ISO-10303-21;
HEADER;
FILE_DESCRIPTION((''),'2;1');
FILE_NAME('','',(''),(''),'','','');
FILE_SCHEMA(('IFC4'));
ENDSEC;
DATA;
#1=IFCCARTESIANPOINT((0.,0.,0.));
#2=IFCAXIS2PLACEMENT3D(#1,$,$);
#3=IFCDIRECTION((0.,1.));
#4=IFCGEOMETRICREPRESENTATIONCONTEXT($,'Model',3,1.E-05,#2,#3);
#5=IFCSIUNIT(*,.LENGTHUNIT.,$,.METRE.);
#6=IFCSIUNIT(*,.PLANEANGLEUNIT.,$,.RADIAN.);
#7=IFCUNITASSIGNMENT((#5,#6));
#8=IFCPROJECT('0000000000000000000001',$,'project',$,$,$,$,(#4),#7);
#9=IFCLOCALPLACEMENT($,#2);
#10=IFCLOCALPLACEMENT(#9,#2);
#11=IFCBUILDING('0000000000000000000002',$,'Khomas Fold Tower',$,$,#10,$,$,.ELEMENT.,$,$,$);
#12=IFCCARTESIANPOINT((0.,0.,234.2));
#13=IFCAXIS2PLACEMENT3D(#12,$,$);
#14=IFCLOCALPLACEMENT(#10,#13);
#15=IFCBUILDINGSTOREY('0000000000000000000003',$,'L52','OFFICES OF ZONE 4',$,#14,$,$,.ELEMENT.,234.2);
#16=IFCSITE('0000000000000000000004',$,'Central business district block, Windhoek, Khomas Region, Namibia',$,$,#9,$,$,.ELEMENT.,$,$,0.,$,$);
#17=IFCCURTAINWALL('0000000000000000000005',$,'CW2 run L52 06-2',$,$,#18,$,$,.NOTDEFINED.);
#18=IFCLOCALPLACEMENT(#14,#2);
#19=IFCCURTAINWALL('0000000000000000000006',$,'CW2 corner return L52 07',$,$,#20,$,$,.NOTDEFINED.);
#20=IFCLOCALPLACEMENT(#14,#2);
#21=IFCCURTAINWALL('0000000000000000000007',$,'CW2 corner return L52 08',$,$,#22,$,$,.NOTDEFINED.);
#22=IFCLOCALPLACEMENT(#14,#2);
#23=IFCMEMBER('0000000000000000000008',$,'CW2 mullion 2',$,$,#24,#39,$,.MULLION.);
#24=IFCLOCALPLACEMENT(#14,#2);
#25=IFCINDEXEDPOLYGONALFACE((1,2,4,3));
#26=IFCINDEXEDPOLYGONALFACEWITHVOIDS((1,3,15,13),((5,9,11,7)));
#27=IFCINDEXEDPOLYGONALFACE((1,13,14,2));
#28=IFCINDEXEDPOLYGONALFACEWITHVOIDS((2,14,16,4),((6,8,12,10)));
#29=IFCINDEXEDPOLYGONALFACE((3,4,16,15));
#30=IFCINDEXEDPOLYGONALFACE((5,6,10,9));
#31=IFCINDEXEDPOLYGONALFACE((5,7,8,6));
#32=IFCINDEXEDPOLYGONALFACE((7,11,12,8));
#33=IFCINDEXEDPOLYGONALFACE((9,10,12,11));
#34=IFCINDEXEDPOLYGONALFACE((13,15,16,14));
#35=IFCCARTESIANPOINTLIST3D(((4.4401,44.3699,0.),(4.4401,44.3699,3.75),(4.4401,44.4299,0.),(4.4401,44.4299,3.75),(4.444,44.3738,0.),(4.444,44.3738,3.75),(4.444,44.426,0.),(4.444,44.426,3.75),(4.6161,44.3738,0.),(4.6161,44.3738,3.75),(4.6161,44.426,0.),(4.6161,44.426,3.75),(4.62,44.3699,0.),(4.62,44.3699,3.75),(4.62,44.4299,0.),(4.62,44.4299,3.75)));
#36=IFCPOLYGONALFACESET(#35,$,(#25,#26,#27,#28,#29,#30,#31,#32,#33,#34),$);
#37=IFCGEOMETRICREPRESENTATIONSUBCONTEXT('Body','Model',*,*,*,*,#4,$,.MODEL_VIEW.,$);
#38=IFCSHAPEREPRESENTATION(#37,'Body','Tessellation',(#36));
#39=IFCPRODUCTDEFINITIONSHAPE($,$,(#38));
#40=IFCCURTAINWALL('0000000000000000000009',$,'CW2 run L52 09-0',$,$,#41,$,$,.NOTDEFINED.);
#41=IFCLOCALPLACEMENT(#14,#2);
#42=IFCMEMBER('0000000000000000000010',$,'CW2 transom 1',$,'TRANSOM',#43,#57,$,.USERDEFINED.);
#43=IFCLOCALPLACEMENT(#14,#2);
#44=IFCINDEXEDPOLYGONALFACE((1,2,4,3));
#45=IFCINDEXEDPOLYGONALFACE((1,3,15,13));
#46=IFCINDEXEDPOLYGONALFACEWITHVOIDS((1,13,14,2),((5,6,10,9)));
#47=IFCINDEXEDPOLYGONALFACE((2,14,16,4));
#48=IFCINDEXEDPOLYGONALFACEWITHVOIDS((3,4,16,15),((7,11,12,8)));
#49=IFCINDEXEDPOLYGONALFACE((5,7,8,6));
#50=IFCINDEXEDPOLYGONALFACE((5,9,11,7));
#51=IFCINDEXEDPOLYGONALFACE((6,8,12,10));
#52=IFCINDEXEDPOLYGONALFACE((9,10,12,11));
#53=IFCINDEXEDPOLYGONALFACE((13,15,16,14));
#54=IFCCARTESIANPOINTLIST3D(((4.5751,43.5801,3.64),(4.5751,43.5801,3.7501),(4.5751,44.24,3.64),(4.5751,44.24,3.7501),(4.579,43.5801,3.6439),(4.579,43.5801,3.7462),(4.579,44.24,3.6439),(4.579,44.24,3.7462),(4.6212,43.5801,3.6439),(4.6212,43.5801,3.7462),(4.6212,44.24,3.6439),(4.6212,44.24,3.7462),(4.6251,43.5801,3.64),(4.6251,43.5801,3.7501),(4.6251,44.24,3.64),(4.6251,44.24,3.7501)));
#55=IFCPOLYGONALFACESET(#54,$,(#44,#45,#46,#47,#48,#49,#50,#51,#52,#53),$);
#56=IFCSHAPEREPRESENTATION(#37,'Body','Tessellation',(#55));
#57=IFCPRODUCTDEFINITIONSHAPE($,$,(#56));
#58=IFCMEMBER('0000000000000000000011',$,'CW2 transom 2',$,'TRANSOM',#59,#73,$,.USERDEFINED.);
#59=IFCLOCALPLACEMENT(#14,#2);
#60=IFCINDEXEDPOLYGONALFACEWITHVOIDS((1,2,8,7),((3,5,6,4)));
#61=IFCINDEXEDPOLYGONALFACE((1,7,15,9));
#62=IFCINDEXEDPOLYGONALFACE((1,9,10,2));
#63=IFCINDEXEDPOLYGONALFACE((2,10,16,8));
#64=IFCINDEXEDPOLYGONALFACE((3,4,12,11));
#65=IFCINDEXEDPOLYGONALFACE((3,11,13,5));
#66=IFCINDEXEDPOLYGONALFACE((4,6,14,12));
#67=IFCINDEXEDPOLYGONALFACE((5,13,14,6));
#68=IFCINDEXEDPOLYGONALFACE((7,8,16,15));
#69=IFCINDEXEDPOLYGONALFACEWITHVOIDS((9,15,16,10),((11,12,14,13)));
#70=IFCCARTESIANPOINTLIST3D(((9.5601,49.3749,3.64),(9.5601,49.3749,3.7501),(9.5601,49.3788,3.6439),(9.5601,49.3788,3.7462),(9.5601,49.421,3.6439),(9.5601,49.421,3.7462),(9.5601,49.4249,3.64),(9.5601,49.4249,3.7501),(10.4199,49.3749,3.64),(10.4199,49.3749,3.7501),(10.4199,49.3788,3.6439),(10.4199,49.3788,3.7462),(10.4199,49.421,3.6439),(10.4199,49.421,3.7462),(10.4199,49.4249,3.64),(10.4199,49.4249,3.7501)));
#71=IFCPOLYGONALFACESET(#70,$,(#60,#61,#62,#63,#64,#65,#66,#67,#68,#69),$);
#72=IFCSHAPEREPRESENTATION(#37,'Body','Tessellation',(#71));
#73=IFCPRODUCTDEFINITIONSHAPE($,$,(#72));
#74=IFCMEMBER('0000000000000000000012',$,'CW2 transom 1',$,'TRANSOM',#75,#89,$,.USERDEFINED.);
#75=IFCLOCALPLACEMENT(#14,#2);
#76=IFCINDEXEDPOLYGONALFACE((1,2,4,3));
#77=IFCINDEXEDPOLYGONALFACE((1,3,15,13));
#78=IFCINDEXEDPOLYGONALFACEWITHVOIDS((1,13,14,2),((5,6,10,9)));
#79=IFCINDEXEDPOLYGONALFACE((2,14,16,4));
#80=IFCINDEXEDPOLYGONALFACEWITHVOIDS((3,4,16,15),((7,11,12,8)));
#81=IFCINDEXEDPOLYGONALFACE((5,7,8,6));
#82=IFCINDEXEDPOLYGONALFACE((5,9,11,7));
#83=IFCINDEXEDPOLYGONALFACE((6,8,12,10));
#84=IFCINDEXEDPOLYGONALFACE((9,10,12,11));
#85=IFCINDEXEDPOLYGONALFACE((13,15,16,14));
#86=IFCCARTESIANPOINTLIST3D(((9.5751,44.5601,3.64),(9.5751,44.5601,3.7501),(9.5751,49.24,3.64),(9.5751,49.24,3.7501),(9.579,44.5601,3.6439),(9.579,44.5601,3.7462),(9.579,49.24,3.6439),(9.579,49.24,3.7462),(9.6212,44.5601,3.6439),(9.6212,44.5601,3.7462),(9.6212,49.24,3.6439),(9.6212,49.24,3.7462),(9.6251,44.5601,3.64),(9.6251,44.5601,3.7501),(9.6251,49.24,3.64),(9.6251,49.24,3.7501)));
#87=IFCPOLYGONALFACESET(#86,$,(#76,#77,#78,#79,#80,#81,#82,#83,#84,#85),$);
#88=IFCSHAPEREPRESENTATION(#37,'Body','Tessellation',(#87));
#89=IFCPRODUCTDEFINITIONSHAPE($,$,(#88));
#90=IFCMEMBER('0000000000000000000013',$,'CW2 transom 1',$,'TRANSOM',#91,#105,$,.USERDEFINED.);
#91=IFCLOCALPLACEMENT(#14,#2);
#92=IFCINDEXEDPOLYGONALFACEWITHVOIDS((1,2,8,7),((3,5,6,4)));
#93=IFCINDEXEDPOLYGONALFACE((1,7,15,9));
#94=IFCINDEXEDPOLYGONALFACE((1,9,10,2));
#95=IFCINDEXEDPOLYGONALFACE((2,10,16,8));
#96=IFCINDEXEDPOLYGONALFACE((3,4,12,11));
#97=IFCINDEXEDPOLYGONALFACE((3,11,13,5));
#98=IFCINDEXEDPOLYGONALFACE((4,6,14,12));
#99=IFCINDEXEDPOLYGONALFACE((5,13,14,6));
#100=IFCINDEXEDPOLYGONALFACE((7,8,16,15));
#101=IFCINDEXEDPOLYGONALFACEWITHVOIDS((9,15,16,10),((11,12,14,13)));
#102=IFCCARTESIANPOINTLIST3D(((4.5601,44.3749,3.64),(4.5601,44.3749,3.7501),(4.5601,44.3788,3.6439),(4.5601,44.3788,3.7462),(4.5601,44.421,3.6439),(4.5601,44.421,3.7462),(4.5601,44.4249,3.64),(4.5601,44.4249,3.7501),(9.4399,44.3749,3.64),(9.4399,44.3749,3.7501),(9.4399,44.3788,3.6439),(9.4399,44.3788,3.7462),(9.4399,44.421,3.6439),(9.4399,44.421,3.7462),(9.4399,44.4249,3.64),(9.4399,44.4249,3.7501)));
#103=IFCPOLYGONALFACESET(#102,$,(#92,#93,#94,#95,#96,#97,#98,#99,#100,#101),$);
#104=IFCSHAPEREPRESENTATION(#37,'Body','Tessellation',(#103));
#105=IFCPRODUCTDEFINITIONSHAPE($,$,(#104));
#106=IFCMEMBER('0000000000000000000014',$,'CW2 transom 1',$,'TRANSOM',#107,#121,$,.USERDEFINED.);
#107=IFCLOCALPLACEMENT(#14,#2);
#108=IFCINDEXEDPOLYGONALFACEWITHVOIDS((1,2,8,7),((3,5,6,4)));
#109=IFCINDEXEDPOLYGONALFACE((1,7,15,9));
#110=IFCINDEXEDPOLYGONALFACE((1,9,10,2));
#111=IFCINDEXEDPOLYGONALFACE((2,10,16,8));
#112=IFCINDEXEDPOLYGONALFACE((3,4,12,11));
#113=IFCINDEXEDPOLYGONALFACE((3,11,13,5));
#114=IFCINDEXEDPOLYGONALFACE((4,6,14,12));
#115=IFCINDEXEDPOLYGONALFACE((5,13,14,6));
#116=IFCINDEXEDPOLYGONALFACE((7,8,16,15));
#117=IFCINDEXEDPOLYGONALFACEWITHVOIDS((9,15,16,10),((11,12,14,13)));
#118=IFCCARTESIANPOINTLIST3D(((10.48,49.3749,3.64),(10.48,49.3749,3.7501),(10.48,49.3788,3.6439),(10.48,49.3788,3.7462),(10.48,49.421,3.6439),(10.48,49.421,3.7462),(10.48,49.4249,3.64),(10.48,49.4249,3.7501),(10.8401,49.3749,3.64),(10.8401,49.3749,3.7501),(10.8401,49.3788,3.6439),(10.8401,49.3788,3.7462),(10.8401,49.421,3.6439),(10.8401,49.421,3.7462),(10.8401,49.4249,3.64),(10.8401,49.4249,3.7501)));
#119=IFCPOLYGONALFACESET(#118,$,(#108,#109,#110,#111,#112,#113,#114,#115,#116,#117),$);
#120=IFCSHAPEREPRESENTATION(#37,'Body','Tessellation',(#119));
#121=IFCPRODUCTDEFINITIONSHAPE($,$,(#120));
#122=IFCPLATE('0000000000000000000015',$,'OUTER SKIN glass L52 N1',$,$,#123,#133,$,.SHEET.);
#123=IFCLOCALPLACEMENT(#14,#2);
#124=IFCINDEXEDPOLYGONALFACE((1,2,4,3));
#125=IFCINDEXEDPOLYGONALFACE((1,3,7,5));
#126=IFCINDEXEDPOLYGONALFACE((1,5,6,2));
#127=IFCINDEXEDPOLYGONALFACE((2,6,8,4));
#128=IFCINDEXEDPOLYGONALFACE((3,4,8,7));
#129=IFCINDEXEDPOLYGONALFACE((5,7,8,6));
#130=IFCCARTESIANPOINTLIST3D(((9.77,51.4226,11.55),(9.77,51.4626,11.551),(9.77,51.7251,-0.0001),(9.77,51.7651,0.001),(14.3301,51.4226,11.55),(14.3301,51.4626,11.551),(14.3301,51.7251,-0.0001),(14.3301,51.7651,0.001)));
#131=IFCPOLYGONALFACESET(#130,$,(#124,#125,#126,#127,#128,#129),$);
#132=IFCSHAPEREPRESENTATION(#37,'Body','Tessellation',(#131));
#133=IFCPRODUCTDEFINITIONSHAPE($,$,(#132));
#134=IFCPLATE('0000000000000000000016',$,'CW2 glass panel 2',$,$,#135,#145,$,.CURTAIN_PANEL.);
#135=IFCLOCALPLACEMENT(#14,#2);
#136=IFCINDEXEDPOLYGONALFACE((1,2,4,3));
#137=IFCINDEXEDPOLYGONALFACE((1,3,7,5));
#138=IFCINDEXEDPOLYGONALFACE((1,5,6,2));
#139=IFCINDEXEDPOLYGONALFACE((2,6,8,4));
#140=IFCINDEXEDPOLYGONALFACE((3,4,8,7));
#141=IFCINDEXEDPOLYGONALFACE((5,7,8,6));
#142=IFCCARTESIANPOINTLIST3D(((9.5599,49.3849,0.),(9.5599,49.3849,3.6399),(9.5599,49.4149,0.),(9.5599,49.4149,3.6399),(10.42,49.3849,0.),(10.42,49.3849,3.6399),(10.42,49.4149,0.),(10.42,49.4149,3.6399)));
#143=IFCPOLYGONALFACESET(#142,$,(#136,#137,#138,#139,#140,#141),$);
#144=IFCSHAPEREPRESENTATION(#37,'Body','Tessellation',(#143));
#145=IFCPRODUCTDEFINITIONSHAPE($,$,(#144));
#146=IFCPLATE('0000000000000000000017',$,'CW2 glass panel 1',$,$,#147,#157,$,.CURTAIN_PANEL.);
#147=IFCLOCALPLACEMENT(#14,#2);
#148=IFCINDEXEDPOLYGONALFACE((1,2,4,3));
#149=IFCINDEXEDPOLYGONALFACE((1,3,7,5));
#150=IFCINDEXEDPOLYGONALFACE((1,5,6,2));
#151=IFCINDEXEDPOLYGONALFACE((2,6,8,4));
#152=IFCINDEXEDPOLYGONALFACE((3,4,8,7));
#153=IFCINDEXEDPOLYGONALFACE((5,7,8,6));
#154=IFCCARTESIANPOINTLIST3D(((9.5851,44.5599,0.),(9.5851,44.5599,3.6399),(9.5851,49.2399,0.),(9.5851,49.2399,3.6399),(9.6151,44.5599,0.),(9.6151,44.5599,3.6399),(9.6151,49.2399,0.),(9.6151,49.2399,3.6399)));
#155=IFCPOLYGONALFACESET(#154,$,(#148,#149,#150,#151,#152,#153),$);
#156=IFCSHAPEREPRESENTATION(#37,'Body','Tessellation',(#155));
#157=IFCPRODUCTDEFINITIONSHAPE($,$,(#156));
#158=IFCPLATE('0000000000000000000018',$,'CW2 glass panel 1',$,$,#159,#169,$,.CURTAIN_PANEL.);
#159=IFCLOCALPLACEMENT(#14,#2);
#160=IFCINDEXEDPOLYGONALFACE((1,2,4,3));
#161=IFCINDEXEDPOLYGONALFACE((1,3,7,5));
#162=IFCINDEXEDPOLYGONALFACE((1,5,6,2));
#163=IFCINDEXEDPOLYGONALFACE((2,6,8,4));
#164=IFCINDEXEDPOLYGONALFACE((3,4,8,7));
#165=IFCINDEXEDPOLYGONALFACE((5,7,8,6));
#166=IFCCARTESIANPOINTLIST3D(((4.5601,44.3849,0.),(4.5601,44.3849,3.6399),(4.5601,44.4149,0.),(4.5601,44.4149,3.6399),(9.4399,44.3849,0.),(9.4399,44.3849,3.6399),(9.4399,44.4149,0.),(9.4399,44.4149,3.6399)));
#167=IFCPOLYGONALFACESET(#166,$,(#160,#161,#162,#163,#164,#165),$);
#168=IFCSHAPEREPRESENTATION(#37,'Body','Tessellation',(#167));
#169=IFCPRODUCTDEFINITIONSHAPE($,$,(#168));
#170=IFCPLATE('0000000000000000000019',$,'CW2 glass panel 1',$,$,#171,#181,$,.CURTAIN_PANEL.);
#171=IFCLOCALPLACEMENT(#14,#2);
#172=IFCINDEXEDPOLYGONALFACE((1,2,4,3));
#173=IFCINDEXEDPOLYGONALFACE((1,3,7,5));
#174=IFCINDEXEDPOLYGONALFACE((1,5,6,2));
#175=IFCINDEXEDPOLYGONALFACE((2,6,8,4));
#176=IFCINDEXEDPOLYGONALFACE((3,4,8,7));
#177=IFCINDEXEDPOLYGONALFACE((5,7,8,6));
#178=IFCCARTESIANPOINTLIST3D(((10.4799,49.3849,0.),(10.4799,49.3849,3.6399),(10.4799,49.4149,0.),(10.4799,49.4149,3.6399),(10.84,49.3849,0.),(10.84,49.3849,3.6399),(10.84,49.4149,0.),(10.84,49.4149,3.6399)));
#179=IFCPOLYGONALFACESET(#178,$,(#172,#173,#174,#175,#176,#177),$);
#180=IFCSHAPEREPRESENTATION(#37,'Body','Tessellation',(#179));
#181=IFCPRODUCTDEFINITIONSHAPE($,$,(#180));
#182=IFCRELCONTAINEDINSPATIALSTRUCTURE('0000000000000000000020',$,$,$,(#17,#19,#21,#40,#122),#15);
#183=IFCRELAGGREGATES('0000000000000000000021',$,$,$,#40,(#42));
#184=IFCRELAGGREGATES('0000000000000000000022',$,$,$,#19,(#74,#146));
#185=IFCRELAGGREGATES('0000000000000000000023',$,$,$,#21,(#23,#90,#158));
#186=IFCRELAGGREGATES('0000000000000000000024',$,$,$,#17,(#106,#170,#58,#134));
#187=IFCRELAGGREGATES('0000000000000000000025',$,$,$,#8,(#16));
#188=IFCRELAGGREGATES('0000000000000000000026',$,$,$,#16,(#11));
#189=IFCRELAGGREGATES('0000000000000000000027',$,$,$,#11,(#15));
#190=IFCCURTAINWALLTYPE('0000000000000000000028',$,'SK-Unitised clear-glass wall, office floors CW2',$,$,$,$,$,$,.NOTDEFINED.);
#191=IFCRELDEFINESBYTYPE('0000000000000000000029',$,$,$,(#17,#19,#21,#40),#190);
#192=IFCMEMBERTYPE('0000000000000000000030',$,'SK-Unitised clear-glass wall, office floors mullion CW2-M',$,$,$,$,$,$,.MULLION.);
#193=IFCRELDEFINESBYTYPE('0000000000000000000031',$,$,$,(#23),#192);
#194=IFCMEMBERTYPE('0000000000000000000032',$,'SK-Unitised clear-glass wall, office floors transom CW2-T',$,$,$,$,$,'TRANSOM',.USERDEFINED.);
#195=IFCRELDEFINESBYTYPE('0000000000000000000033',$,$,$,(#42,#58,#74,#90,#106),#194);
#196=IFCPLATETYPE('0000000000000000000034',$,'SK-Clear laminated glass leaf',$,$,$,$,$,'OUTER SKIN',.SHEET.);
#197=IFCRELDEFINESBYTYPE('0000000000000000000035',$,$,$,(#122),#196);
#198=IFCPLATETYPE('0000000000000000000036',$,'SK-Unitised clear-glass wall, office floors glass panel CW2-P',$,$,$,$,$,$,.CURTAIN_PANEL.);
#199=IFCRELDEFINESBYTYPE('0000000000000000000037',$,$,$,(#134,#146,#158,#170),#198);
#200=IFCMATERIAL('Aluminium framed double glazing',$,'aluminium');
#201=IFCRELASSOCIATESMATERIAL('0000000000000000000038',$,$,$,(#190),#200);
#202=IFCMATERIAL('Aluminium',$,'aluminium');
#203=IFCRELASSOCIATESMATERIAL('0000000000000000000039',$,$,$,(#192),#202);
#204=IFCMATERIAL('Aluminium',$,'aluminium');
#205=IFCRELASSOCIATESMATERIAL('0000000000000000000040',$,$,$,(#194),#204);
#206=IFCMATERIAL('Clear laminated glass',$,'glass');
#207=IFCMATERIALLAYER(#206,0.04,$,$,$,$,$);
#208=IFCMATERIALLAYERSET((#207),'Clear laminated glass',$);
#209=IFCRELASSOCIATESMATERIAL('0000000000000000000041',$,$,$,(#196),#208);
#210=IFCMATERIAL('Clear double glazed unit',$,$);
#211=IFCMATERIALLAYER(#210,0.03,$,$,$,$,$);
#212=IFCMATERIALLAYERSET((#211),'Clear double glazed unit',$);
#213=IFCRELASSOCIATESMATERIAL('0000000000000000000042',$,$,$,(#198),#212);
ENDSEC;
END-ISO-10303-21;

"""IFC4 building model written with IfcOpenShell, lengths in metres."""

from ifc_helpers import new_model, si_unit, direction, frame, origin, origin_2d, place, context, subcontext, project, spatial, polyline, rectangle, hollow_rectangle, outline, extrude, source, transform, mapped, material, layer, layer_set, material_profile, profile_set, type_object, element, aggregate, save


model = new_model("IFC4")

# Units and contexts
model_context = context("Model", 3, precision=1e-05, world=origin(), true_north=direction((0.0, 1.0)))
body_context = subcontext(model_context, "Body", "Model", "MODEL_VIEW")
ifc_project = project(units=[si_unit("LENGTHUNIT", "METRE"), si_unit("PLANEANGLEUNIT", "RADIAN")], contexts=[model_context])

# Site, building, storey
site_placement = place(None, origin())
site = spatial("IfcSite", under=ifc_project, at=site_placement, Name="Central business district block, Windhoek, Khomas Region, Namibia", CompositionType="ELEMENT", RefElevation=0.0)
building_placement = place(site_placement, origin())
building = spatial("IfcBuilding", under=site, at=building_placement, Name="Khomas Fold Tower", CompositionType="ELEMENT")
storey_placement = place(building_placement, frame((0.0, 0.0, 234.2)))
storey = spatial("IfcBuildingStorey", under=building, at=storey_placement, Name="L52", Description="OFFICES OF ZONE 4", CompositionType="ELEMENT", Elevation=234.2)

# Curtain walls, member
ifc_material_1 = material(Name="Aluminium framed double glazing", Category="aluminium")
curtain_wall_type = type_object("IfcCurtainWallType", Name="SK-Unitised clear-glass wall, office floors CW2", PredefinedType="NOTDEFINED", material=ifc_material_1)
curtain_wall_1_placement = place(storey_placement, origin())
curtain_wall_1 = element("IfcCurtainWall", 1, at=curtain_wall_1_placement, inside=storey, type_object=curtain_wall_type, Name="CW2 run L52 06-2", PredefinedType="NOTDEFINED")
ifc_material_2 = material(Name="Aluminium", Category="aluminium")
ifc_material_profile_1 = material_profile(ifc_material_2, hollow_rectangle(XDim=0.0601, YDim=0.1799, WallThickness=0.0039, at=origin_2d()), Name="SK-Unitised clear-glass wall, office floors mullion CW2-M")
ifc_profile_set_1 = profile_set([ifc_material_profile_1], Name="Aluminium")
member_type_1 = type_object("IfcMemberType", Name="SK-Unitised clear-glass wall, office floors mullion CW2-M", PredefinedType="MULLION", material=ifc_profile_set_1)
shared_shape_1 = source(origin(), body_context, "Body", "SweptSolid", [
    extrude(hollow_rectangle(XDim=0.0601, YDim=0.1799, WallThickness=0.0039, at=origin_2d()), origin(), (0.0, 0.0, 1.0), 3.75),
])
curtain_wall_2_placement = place(storey_placement, origin())
curtain_wall_2 = element("IfcCurtainWall", 2, at=curtain_wall_2_placement, inside=storey, type_object=curtain_wall_type, Name="CW2 corner return L52 07", PredefinedType="NOTDEFINED")
curtain_wall_3_placement = place(storey_placement, origin())
curtain_wall_3 = element("IfcCurtainWall", 3, at=curtain_wall_3_placement, inside=storey, type_object=curtain_wall_type, Name="CW2 corner return L52 08", PredefinedType="NOTDEFINED")
member_1_placement = place(storey_placement, frame((4.53, 44.3999, 0.0), z_axis=(0.0, 0.0, 1.0), x_axis=(0.0, -1.0, 0.0)))
member_1 = element("IfcMember", 4, at=member_1_placement, type_object=member_type_1, Name="CW2 mullion 2", PredefinedType="MULLION", context=body_context, shape_type="MappedRepresentation", body=[
    mapped(shared_shape_1, transform((0.0, 0.0, 0.0))),
])

# Curtain wall, member
curtain_wall_4_placement = place(storey_placement, origin())
curtain_wall_4 = element("IfcCurtainWall", 5, at=curtain_wall_4_placement, inside=storey, type_object=curtain_wall_type, Name="CW2 run L52 09-0", PredefinedType="NOTDEFINED")
ifc_material_3 = material(Name="Aluminium", Category="aluminium")
ifc_material_profile_2 = material_profile(ifc_material_3, hollow_rectangle(XDim=0.05, YDim=0.1101, WallThickness=0.0039, at=origin_2d()), Name="SK-Unitised clear-glass wall, office floors transom CW2-T")
ifc_profile_set_2 = profile_set([ifc_material_profile_2], Name="Aluminium")
member_type_2 = type_object("IfcMemberType", Name="SK-Unitised clear-glass wall, office floors transom CW2-T", ElementType="TRANSOM", PredefinedType="USERDEFINED", material=ifc_profile_set_2)
shared_shape_2 = source(origin(), body_context, "Body", "SweptSolid", [
    extrude(hollow_rectangle(XDim=0.05, YDim=0.1101, WallThickness=0.0039, at=origin_2d()), origin(), (0.0, 0.0, 1.0), 0.6599),
])
member_2_placement = place(storey_placement, frame((4.6001, 44.24, 3.6951), z_axis=(0.0, -1.0, 0.0), x_axis=(1.0, 0.0, 0.0)))
member_2 = element("IfcMember", 6, at=member_2_placement, type_object=member_type_2, Name="CW2 transom 1", ObjectType="TRANSOM", PredefinedType="USERDEFINED", context=body_context, shape_type="MappedRepresentation", body=[
    mapped(shared_shape_2, transform((0.0, 0.0, 0.0))),
])
aggregate(curtain_wall_4, [member_2])

# Members
shared_shape_3 = source(origin(), body_context, "Body", "SweptSolid", [
    extrude(hollow_rectangle(XDim=0.05, YDim=0.1101, WallThickness=0.0039, at=origin_2d()), origin(), (0.0, 0.0, 1.0), 0.8599),
])
member_3_placement = place(storey_placement, frame((10.4199, 49.3999, 3.6951), z_axis=(-1.0, 0.0, 0.0), x_axis=(0.0, -1.0, 0.0)))
member_3 = element("IfcMember", 7, at=member_3_placement, type_object=member_type_2, Name="CW2 transom 2", ObjectType="TRANSOM", PredefinedType="USERDEFINED", context=body_context, shape_type="MappedRepresentation", body=[
    mapped(shared_shape_3, transform((0.0, 0.0, 0.0))),
])
shared_shape_4 = source(origin(), body_context, "Body", "SweptSolid", [
    extrude(hollow_rectangle(XDim=0.05, YDim=0.1101, WallThickness=0.0039, at=origin_2d()), origin(), (0.0, 0.0, 1.0), 4.6799),
])
member_4_placement = place(storey_placement, frame((9.6001, 49.24, 3.6951), z_axis=(0.0, -1.0, 0.0), x_axis=(1.0, 0.0, 0.0)))
member_4 = element("IfcMember", 8, at=member_4_placement, type_object=member_type_2, Name="CW2 transom 1", ObjectType="TRANSOM", PredefinedType="USERDEFINED", context=body_context, shape_type="MappedRepresentation", body=[
    mapped(shared_shape_4, transform((0.0, 0.0, 0.0))),
])
shared_shape_5 = source(origin(), body_context, "Body", "SweptSolid", [
    extrude(hollow_rectangle(XDim=0.05, YDim=0.1101, WallThickness=0.0039, at=origin_2d()), origin(), (0.0, 0.0, 1.0), 4.8799),
])
member_5_placement = place(storey_placement, frame((9.4399, 44.3999, 3.6951), z_axis=(-1.0, 0.0, 0.0), x_axis=(0.0, -1.0, 0.0)))
member_5 = element("IfcMember", 9, at=member_5_placement, type_object=member_type_2, Name="CW2 transom 1", ObjectType="TRANSOM", PredefinedType="USERDEFINED", context=body_context, shape_type="MappedRepresentation", body=[
    mapped(shared_shape_5, transform((0.0, 0.0, 0.0))),
])
shared_shape_6 = source(origin(), body_context, "Body", "SweptSolid", [
    extrude(hollow_rectangle(XDim=0.05, YDim=0.1101, WallThickness=0.0039, at=origin_2d()), origin(), (0.0, 0.0, 1.0), 0.3601),
])
member_6_placement = place(storey_placement, frame((10.8401, 49.3999, 3.6951), z_axis=(-1.0, 0.0, 0.0), x_axis=(0.0, -1.0, 0.0)))
member_6 = element("IfcMember", 10, at=member_6_placement, type_object=member_type_2, Name="CW2 transom 1", ObjectType="TRANSOM", PredefinedType="USERDEFINED", context=body_context, shape_type="MappedRepresentation", body=[
    mapped(shared_shape_6, transform((0.0, 0.0, 0.0))),
])

# Plates
ifc_material_4 = material(Name="Clear laminated glass", Category="glass")
ifc_layer_1 = layer(ifc_material_4, 0.04)
ifc_layer_set_1 = layer_set([ifc_layer_1], Name="Clear laminated glass")
plate_type_1 = type_object("IfcPlateType", Name="SK-Clear laminated glass leaf", ElementType="OUTER SKIN", PredefinedType="SHEET", material=ifc_layer_set_1)
plate_1_placement = place(storey_placement, frame((9.77, 51.7651, 0.001), z_axis=(0.0, 0.999657, 0.026181), x_axis=(1.0, 0.0, 0.0)))
element("IfcPlate", 11, at=plate_1_placement, inside=storey, type_object=plate_type_1, Name="OUTER SKIN glass L52 N1", PredefinedType="SHEET", context=body_context, shape_type="SweptSolid", body=[
    extrude(outline(polyline([(0.0, 0.0), (4.5601, 0.0), (4.5601, -11.554), (0.0, -11.554), (0.0, 0.0)])), origin(), (0.0, 0.0, -1.0), 0.04),
])
ifc_material_5 = material(Name="Clear double glazed unit")
ifc_layer_2 = layer(ifc_material_5, 0.03)
ifc_layer_set_2 = layer_set([ifc_layer_2], Name="Clear double glazed unit")
plate_type_2 = type_object("IfcPlateType", Name="SK-Unitised clear-glass wall, office floors glass panel CW2-P", PredefinedType="CURTAIN_PANEL", material=ifc_layer_set_2)
shared_shape_7 = source(origin(), body_context, "Body", "SweptSolid", [
    extrude(rectangle(XDim=0.8601, YDim=0.03, at=origin_2d()), origin(), (0.0, 0.0, 1.0), 3.6399),
])
plate_2_placement = place(storey_placement, frame((9.99, 49.3999, 0.0), z_axis=(0.0, 0.0, 1.0), x_axis=(-1.0, 0.0, 0.0)))
plate_2 = element("IfcPlate", 12, at=plate_2_placement, type_object=plate_type_2, Name="CW2 glass panel 2", PredefinedType="CURTAIN_PANEL", context=body_context, shape_type="MappedRepresentation", body=[
    mapped(shared_shape_7, transform((0.0, 0.0, 0.0))),
])
shared_shape_8 = source(origin(), body_context, "Body", "SweptSolid", [
    extrude(rectangle(XDim=4.6799, YDim=0.03, at=origin_2d()), origin(), (0.0, 0.0, 1.0), 3.6399),
])
plate_3_placement = place(storey_placement, frame((9.6001, 46.8999, 0.0), z_axis=(0.0, 0.0, 1.0), x_axis=(0.0, -1.0, 0.0)))
plate_3 = element("IfcPlate", 13, at=plate_3_placement, type_object=plate_type_2, Name="CW2 glass panel 1", PredefinedType="CURTAIN_PANEL", context=body_context, shape_type="MappedRepresentation", body=[
    mapped(shared_shape_8, transform((0.0, 0.0, 0.0))),
])
aggregate(curtain_wall_2, [member_4, plate_3])
shared_shape_9 = source(origin(), body_context, "Body", "SweptSolid", [
    extrude(rectangle(XDim=4.8799, YDim=0.03, at=origin_2d()), origin(), (0.0, 0.0, 1.0), 3.6399),
])
plate_4_placement = place(storey_placement, frame((7.0, 44.3999, 0.0), z_axis=(0.0, 0.0, 1.0), x_axis=(-1.0, 0.0, 0.0)))
plate_4 = element("IfcPlate", 14, at=plate_4_placement, type_object=plate_type_2, Name="CW2 glass panel 1", PredefinedType="CURTAIN_PANEL", context=body_context, shape_type="MappedRepresentation", body=[
    mapped(shared_shape_9, transform((0.0, 0.0, 0.0))),
])
aggregate(curtain_wall_3, [member_1, member_5, plate_4])
shared_shape_10 = source(origin(), body_context, "Body", "SweptSolid", [
    extrude(rectangle(XDim=0.3601, YDim=0.03, at=origin_2d()), origin(), (0.0, 0.0, 1.0), 3.6399),
])
plate_5_placement = place(storey_placement, frame((10.6599, 49.3999, 0.0), z_axis=(0.0, 0.0, 1.0), x_axis=(-1.0, 0.0, 0.0)))
plate_5 = element("IfcPlate", 15, at=plate_5_placement, type_object=plate_type_2, Name="CW2 glass panel 1", PredefinedType="CURTAIN_PANEL", context=body_context, shape_type="MappedRepresentation", body=[
    mapped(shared_shape_10, transform((0.0, 0.0, 0.0))),
])
aggregate(curtain_wall_1, [member_6, plate_5, member_3, plate_2])

save(model, "model.ifc")
